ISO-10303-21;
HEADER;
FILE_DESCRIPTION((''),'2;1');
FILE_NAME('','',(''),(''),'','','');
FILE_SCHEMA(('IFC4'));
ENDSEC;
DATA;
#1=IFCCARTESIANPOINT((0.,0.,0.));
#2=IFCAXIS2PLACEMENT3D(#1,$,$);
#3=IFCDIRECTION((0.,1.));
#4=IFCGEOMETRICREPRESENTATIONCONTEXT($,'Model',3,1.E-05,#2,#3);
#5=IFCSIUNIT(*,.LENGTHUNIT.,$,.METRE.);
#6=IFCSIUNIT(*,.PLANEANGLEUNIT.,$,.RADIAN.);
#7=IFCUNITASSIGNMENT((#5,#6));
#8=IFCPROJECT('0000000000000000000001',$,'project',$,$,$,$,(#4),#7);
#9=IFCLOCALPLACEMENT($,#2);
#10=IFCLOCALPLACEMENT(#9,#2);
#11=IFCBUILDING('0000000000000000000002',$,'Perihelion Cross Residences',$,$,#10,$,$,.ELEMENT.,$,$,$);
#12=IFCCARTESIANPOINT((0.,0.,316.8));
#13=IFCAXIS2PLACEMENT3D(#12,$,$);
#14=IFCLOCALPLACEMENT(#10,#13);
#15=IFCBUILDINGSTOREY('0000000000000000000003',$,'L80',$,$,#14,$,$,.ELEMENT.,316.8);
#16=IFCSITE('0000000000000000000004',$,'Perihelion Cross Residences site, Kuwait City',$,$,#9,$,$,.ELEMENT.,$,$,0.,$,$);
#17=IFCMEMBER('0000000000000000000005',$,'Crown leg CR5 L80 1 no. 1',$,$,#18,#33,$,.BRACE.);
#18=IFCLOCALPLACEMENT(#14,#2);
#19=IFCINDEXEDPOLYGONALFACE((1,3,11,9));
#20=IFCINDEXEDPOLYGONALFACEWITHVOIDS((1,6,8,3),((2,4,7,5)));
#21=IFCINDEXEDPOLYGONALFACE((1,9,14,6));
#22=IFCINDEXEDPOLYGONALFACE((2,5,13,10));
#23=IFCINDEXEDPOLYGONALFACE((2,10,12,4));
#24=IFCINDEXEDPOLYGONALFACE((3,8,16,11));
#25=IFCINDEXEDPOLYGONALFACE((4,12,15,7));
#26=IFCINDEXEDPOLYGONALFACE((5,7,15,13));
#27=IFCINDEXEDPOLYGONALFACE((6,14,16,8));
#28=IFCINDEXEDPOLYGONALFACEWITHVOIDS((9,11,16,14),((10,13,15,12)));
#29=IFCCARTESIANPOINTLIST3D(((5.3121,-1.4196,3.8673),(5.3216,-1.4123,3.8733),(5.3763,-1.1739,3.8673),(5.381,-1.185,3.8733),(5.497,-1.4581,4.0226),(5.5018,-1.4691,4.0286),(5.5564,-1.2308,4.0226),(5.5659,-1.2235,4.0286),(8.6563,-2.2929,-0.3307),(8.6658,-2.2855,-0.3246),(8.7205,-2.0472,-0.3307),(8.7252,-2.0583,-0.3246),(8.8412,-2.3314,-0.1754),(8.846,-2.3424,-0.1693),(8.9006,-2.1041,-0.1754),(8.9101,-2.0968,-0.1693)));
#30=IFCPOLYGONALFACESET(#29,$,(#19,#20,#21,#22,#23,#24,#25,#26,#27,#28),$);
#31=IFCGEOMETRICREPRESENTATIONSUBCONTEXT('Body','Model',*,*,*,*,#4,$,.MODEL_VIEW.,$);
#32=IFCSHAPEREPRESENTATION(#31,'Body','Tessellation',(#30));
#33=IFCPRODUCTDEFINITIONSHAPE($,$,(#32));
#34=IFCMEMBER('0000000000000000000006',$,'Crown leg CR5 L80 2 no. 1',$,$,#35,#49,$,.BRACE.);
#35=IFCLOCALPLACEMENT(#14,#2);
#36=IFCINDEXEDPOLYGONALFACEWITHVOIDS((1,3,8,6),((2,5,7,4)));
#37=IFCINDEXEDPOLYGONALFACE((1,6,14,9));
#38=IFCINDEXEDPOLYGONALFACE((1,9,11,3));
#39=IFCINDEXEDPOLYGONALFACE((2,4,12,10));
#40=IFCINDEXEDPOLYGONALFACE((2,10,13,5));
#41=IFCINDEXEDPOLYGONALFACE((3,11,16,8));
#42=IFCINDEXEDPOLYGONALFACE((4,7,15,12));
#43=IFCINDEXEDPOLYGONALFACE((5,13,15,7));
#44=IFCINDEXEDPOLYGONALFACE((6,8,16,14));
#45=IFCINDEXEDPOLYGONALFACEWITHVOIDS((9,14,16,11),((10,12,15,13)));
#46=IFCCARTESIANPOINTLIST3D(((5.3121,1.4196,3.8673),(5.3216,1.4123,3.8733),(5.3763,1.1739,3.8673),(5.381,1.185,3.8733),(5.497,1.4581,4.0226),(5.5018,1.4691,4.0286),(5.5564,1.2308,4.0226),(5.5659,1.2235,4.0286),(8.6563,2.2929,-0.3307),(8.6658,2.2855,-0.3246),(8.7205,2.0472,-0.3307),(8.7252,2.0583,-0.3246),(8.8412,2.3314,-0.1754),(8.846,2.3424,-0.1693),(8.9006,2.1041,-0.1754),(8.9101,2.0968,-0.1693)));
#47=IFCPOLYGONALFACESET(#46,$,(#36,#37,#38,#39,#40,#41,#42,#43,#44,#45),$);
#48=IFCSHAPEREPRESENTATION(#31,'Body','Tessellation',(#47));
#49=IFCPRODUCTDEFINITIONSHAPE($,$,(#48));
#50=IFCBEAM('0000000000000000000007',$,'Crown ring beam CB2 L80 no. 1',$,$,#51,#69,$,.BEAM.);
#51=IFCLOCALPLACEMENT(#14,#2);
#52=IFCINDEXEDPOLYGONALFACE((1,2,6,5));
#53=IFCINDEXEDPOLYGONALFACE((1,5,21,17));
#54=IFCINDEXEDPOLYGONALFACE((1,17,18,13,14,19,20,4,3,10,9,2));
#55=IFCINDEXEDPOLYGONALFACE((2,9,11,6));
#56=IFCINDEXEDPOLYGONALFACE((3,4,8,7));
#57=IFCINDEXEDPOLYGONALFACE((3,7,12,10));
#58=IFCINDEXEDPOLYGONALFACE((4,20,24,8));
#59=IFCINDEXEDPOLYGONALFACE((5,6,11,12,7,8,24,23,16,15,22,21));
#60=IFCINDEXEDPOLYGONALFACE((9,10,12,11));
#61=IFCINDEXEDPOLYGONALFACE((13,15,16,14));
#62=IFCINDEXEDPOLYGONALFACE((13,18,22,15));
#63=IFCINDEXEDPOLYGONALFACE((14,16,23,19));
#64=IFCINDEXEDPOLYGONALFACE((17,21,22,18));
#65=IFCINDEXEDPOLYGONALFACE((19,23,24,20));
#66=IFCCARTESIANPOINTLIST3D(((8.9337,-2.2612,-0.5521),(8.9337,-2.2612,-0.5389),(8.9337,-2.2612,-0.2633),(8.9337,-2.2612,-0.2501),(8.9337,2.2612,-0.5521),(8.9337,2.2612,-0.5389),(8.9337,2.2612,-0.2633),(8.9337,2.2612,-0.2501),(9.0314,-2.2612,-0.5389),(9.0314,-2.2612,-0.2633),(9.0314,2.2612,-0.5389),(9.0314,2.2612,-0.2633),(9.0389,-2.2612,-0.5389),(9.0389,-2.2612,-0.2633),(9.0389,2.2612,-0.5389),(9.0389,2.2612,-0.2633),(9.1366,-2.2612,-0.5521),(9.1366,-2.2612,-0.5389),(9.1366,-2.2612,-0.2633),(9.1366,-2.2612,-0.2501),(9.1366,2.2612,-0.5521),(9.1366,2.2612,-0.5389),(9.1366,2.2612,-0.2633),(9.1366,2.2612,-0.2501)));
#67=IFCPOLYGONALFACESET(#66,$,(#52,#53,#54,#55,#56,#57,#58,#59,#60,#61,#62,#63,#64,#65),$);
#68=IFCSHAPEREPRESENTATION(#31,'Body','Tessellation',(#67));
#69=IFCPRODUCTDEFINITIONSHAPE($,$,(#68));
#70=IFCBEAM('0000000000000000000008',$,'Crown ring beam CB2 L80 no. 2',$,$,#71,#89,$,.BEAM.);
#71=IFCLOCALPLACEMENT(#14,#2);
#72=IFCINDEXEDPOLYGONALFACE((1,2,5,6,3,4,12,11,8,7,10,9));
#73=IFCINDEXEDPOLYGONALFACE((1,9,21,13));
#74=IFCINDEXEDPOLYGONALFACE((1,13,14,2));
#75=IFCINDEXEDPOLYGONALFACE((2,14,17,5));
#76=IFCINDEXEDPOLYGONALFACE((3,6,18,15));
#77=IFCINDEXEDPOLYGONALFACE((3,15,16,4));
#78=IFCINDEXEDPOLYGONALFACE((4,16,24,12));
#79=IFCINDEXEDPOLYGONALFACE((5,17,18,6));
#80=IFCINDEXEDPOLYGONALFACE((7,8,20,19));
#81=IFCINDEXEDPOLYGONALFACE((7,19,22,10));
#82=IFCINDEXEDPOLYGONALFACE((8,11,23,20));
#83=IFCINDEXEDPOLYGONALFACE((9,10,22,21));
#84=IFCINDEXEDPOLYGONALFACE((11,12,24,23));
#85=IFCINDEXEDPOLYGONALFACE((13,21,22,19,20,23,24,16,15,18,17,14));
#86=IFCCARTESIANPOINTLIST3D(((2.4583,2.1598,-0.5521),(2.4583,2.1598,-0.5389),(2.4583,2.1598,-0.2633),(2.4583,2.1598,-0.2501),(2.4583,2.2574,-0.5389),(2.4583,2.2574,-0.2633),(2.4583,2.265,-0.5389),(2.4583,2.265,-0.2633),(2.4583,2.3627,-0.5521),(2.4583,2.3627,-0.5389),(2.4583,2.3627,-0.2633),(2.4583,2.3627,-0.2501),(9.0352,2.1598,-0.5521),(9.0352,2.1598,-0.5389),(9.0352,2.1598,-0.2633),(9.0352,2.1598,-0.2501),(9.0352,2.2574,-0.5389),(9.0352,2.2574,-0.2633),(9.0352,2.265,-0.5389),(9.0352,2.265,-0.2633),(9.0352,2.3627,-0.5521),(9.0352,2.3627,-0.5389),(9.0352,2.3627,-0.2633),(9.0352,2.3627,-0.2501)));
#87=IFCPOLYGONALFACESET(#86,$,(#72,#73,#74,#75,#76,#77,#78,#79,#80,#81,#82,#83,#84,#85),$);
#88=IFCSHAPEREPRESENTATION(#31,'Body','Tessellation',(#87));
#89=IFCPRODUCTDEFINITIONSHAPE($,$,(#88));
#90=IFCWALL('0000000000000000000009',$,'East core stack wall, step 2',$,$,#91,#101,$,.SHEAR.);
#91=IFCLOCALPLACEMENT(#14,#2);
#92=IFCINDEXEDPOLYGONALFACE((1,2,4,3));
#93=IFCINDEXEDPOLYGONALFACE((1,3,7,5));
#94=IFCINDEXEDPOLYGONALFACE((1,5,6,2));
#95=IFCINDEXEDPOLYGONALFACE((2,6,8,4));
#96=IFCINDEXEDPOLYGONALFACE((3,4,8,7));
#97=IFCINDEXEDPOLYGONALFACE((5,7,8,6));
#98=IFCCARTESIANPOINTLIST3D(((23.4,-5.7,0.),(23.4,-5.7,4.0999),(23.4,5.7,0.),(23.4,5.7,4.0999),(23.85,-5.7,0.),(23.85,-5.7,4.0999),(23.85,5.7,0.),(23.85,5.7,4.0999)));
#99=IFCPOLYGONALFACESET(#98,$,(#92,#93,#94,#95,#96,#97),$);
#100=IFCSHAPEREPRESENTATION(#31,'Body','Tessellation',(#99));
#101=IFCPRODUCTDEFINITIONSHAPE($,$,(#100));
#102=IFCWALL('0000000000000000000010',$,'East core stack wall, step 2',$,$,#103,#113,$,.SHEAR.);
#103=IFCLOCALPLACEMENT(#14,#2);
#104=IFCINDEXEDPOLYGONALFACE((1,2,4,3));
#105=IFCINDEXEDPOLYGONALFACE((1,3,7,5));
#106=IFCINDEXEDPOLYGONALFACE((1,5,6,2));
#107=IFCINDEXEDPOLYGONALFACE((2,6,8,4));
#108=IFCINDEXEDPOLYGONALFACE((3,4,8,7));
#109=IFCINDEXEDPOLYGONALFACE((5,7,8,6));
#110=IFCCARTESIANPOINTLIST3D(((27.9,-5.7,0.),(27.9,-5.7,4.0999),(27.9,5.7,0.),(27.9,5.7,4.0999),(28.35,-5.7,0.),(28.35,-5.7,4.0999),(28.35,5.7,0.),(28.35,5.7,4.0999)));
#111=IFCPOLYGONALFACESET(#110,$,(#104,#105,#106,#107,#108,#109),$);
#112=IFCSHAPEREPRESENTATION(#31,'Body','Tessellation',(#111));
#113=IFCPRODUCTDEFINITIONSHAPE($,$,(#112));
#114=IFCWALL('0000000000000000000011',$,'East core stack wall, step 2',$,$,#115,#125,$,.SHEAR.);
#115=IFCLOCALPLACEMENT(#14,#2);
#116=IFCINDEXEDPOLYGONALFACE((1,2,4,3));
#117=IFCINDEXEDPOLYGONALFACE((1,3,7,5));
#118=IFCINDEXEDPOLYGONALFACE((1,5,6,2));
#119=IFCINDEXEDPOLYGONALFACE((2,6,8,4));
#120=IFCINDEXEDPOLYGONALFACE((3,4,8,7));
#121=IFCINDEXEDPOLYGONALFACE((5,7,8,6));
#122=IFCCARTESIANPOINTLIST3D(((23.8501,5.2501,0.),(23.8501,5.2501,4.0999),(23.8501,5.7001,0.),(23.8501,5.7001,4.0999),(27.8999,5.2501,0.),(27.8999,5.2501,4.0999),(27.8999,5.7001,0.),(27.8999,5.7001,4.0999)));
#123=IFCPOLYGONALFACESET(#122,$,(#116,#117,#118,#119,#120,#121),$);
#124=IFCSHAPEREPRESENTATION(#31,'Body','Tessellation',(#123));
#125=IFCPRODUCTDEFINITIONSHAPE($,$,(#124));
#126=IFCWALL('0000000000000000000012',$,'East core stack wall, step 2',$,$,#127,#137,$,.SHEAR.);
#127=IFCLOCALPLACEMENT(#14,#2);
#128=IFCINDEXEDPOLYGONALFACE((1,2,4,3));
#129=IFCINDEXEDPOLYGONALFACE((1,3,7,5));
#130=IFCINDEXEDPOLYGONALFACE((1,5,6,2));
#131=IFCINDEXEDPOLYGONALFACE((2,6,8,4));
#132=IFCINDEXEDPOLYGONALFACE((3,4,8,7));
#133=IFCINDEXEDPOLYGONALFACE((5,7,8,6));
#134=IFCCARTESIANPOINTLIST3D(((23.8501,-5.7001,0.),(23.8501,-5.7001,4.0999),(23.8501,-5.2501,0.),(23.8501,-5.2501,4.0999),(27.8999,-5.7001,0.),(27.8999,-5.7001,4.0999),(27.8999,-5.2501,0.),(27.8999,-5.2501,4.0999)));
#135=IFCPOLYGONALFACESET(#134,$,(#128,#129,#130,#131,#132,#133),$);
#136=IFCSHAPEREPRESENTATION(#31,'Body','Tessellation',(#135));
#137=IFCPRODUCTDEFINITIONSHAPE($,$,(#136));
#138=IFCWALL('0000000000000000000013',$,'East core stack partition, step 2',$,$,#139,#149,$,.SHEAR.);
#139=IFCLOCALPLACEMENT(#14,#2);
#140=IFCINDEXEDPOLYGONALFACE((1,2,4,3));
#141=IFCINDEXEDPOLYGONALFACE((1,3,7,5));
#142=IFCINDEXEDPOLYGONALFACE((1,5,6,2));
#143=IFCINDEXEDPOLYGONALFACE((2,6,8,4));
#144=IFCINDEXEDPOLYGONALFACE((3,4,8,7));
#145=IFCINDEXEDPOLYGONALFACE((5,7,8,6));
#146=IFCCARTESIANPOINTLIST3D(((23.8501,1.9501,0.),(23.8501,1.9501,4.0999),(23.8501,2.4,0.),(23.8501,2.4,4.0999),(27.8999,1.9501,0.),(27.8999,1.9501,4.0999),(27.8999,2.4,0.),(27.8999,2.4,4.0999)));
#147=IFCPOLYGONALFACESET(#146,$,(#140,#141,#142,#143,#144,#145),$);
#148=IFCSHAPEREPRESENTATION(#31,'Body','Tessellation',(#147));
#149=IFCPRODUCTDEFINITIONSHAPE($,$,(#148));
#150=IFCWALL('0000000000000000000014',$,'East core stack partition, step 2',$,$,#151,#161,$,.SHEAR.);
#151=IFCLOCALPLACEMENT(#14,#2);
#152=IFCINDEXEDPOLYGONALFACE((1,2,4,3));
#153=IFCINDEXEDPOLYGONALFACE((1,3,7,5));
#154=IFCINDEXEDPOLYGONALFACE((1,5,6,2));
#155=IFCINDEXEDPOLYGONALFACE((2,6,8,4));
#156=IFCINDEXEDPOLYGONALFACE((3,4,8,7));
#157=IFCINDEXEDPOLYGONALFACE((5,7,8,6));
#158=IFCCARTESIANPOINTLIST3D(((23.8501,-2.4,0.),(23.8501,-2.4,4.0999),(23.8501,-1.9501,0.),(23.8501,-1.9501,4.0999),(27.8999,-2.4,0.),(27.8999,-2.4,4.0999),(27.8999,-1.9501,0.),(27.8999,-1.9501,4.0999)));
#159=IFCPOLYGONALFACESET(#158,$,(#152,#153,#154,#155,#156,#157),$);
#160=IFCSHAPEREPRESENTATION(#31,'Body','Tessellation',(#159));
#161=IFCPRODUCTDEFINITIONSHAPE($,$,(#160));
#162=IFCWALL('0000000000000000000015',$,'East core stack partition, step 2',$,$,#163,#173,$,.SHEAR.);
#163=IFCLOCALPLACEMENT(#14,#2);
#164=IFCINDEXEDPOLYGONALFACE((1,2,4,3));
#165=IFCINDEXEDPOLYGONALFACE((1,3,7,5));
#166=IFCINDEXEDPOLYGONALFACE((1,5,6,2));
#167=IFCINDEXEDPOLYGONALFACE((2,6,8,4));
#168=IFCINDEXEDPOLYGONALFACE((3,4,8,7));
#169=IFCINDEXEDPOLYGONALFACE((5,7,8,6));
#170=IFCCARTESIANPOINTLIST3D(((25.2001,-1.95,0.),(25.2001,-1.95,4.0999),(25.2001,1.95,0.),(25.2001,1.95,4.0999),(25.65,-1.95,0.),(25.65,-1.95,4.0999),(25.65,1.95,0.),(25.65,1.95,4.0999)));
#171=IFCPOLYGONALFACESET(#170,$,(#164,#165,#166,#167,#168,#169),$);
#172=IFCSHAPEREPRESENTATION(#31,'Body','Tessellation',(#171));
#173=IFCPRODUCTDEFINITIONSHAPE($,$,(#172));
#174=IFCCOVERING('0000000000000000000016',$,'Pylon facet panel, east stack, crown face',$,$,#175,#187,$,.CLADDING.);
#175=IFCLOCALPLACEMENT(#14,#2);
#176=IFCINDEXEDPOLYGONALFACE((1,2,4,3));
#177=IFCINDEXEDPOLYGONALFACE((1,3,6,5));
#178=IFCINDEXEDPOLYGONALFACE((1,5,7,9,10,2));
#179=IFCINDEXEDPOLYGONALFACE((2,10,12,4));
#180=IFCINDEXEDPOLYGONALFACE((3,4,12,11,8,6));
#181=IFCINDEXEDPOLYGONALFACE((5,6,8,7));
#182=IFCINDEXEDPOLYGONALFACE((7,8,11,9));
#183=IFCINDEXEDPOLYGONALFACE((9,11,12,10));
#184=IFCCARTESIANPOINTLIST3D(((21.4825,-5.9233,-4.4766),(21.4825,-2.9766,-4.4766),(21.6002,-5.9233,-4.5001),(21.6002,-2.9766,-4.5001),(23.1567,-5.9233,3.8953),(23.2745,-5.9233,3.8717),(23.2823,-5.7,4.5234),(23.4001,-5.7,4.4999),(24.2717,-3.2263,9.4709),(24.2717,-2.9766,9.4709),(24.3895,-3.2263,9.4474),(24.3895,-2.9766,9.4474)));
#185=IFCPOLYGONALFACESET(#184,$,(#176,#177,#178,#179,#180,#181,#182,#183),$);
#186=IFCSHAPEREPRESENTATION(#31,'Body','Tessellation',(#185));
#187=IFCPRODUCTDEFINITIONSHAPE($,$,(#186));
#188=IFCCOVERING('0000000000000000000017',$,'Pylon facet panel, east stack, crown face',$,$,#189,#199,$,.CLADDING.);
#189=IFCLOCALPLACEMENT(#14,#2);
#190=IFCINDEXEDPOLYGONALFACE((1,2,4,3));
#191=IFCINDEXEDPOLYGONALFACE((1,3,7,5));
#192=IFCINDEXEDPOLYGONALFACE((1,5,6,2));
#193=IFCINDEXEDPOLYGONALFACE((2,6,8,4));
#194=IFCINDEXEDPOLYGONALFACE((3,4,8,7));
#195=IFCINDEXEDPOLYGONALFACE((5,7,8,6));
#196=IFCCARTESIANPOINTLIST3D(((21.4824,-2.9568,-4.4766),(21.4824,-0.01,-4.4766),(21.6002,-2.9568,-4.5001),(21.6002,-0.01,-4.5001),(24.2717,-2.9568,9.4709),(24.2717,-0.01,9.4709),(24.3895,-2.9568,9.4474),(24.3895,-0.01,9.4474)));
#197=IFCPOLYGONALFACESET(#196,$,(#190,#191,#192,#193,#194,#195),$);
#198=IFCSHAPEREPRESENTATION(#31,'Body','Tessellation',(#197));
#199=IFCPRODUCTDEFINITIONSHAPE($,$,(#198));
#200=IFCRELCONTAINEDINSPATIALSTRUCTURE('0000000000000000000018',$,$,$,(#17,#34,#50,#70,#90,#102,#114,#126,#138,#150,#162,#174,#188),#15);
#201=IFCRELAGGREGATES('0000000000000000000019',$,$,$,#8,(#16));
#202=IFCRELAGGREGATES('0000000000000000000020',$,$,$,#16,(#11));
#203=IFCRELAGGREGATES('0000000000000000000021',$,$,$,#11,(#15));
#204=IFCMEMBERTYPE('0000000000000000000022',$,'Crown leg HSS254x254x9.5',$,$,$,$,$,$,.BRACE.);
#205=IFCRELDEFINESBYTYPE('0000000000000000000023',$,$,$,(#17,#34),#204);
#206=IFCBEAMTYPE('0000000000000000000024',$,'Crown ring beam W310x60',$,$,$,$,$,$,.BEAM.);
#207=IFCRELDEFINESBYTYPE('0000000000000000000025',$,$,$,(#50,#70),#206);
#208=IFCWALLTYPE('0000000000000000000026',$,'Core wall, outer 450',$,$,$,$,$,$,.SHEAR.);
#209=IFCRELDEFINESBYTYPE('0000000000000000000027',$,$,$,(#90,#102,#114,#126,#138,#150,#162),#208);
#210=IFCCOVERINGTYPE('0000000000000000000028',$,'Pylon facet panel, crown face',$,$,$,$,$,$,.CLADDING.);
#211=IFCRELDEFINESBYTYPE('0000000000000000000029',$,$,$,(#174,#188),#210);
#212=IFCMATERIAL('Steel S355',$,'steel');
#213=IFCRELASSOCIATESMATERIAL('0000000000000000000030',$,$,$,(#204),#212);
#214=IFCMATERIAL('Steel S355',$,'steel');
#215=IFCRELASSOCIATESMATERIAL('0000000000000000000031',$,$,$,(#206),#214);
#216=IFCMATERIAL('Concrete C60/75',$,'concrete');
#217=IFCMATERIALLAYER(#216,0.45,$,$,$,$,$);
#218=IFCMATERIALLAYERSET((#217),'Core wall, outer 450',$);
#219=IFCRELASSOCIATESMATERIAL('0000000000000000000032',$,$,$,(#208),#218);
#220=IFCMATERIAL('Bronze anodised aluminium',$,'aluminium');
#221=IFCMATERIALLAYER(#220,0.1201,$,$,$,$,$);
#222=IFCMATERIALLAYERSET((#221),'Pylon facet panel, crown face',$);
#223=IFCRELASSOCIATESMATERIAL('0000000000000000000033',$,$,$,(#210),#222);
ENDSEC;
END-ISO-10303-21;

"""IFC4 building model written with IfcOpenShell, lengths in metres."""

from ifc_helpers import new_model, si_unit, direction, frame, frame_2d, origin, origin_2d, place, context, subcontext, project, spatial, polyline, rectangle, hollow_rectangle, i_section, outline, extrude, material, layer, layer_set, material_profile, profile_set, type_object, element, save


model = new_model("IFC4")

# Units and contexts
model_context = context("Model", 3, precision=1e-05, world=origin(), true_north=direction((0.0, 1.0)))
body_context = subcontext(model_context, "Body", "Model", "MODEL_VIEW")
ifc_project = project(units=[si_unit("LENGTHUNIT", "METRE"), si_unit("PLANEANGLEUNIT", "RADIAN")], contexts=[model_context])

# Site, building, storey
site_placement = place(None, origin())
site = spatial("IfcSite", under=ifc_project, at=site_placement, Name="Perihelion Cross Residences site, Kuwait City", CompositionType="ELEMENT", RefElevation=0.0)
building_placement = place(site_placement, origin())
building = spatial("IfcBuilding", under=site, at=building_placement, Name="Perihelion Cross Residences", CompositionType="ELEMENT")
storey_placement = place(building_placement, frame((0.0, 0.0, 316.8)))
storey = spatial("IfcBuildingStorey", under=building, at=storey_placement, Name="L80", CompositionType="ELEMENT", Elevation=316.8)

# Members
ifc_material_1 = material(Name="Steel S355", Category="steel")
ifc_material_profile_1 = material_profile(ifc_material_1, hollow_rectangle(XDim=0.2539, YDim=0.2539, WallThickness=0.0095, at=origin_2d()), Name="HSS254x254x9.5")
ifc_profile_set_1 = profile_set([ifc_material_profile_1], Name="Steel S355")
member_type = type_object("IfcMemberType", Name="Crown leg HSS254x254x9.5", PredefinedType="BRACE", material=ifc_profile_set_1)
for number, where, z_axis, x_axis, name in (
    (1, (8.7832, -2.1948, -0.25), (-0.614998, 0.160596, 0.772002), (-0.252661, -0.967555, 0.0), "Crown leg CR5 L80 1 no. 1"),
    (2, (8.7832, 2.1948, -0.25), (-0.614998, -0.160596, 0.772002), (0.252661, -0.967555, 0.0), "Crown leg CR5 L80 2 no. 1"),
):
    element("IfcMember", number, at=place(storey_placement, frame(where, z_axis=z_axis, x_axis=x_axis)), inside=storey, type_object=member_type, Name=name, PredefinedType="BRACE", context=body_context, shape_type="SweptSolid", body=[
        extrude(hollow_rectangle(XDim=0.2539, YDim=0.2539, WallThickness=0.0095, at=origin_2d()), origin(), (0.0, 0.0, 1.0), 5.4377),
    ])

# Beams
ifc_material_2 = material(Name="Steel S355", Category="steel")
ifc_material_profile_2 = material_profile(ifc_material_2, i_section(OverallWidth=0.2029, OverallDepth=0.302, WebThickness=0.0076, FlangeThickness=0.0132, at=origin_2d()), Name="W310x60")
ifc_profile_set_2 = profile_set([ifc_material_profile_2], Name="Steel S355")
beam_type = type_object("IfcBeamType", Name="Crown ring beam W310x60", PredefinedType="BEAM", material=ifc_profile_set_2)
beam_1_placement = place(storey_placement, frame((9.0352, -2.2612, -0.4011), z_axis=(0.0, 1.0, 0.0), x_axis=(-1.0, 0.0, 0.0)))
element("IfcBeam", 3, at=beam_1_placement, inside=storey, type_object=beam_type, Name="Crown ring beam CB2 L80 no. 1", PredefinedType="BEAM", context=body_context, shape_type="SweptSolid", body=[
    extrude(i_section(OverallWidth=0.2029, OverallDepth=0.302, WebThickness=0.0076, FlangeThickness=0.0132, at=origin_2d()), origin(), (0.0, 0.0, 1.0), 4.5225),
])
beam_2_placement = place(storey_placement, frame((9.0352, 2.2612, -0.4011), z_axis=(-1.0, 0.0, 0.0), x_axis=(0.0, -1.0, 0.0)))
element("IfcBeam", 4, at=beam_2_placement, inside=storey, type_object=beam_type, Name="Crown ring beam CB2 L80 no. 2", PredefinedType="BEAM", context=body_context, shape_type="SweptSolid", body=[
    extrude(i_section(OverallWidth=0.2029, OverallDepth=0.302, WebThickness=0.0076, FlangeThickness=0.0132, at=origin_2d()), origin(), (0.0, 0.0, 1.0), 6.5769),
])

# Walls
ifc_material_3 = material(Name="Concrete C60/75", Category="concrete")
ifc_layer_1 = layer(ifc_material_3, 0.45)
ifc_layer_set_1 = layer_set([ifc_layer_1], Name="Core wall, outer 450")
wall_type = type_object("IfcWallType", Name="Core wall, outer 450", PredefinedType="SHEAR", material=ifc_layer_set_1)
for number, where, z_axis, x_axis, name in (
    (5, (23.625, -5.7, 0.0), (0.0, 0.0, 1.0), (0.0, 1.0, 0.0), "East core stack wall, step 2"),
    (6, (28.125, -5.7, 0.0), (0.0, 0.0, 1.0), (0.0, 1.0, 0.0), "East core stack wall, step 2"),
):
    element("IfcWall", number, at=place(storey_placement, frame(where, z_axis=z_axis, x_axis=x_axis)), inside=storey, type_object=wall_type, Name=name, PredefinedType="SHEAR", context=body_context, shape_type="SweptSolid", body=[
        extrude(rectangle(XDim=11.3999, YDim=0.45, at=frame_2d((5.7, 0.0))), origin(), (0.0, 0.0, 1.0), 4.0999),
    ])
for number, where, z_axis, x_axis, name in (
    (7, (23.8501, 5.4751, 0.0), (0.0, 0.0, 1.0), (1.0, 0.0, 0.0), "East core stack wall, step 2"),
    (8, (23.8501, -5.4751, 0.0), (0.0, 0.0, 1.0), (1.0, 0.0, 0.0), "East core stack wall, step 2"),
    (9, (23.8501, 2.175, 0.0), (0.0, 0.0, 1.0), (1.0, 0.0, 0.0), "East core stack partition, step 2"),
    (10, (23.8501, -2.175, 0.0), (0.0, 0.0, 1.0), (1.0, 0.0, 0.0), "East core stack partition, step 2"),
):
    element("IfcWall", number, at=place(storey_placement, frame(where, z_axis=z_axis, x_axis=x_axis)), inside=storey, type_object=wall_type, Name=name, PredefinedType="SHEAR", context=body_context, shape_type="SweptSolid", body=[
        extrude(rectangle(XDim=4.0498, YDim=0.45, at=frame_2d((2.0249, 0.0))), origin(), (0.0, 0.0, 1.0), 4.0999),
    ])
wall_placement = place(storey_placement, frame((25.425, -1.95, 0.0), z_axis=(0.0, 0.0, 1.0), x_axis=(0.0, 1.0, 0.0)))
element("IfcWall", 11, at=wall_placement, inside=storey, type_object=wall_type, Name="East core stack partition, step 2", PredefinedType="SHEAR", context=body_context, shape_type="SweptSolid", body=[
    extrude(rectangle(XDim=3.8999, YDim=0.45, at=frame_2d((1.95, 0.0))), origin(), (0.0, 0.0, 1.0), 4.0999),
])

# Coverings
ifc_material_4 = material(Name="Bronze anodised aluminium", Category="aluminium")
ifc_layer_2 = layer(ifc_material_4, 0.1201)
ifc_layer_set_2 = layer_set([ifc_layer_2], Name="Pylon facet panel, crown face")
covering_type_1 = type_object("IfcCoveringType", Name="Pylon facet panel, crown face", PredefinedType="CLADDING", material=ifc_layer_set_2)
covering_1_placement = place(storey_placement, frame((24.2717, -3.2263, 9.4709), z_axis=(-0.980584, -0.000003, 0.196101), x_axis=(-0.000003, 1.0, 0.000001)))
element("IfcCovering", 12, at=covering_1_placement, inside=storey, type_object=covering_type_1, Name="Pylon facet panel, east stack, crown face", PredefinedType="CLADDING", context=body_context, shape_type="SweptSolid", body=[
    extrude(outline(polyline([(0.0, 0.0), (0.2498, 0.0), (0.2498, 14.2237), (-2.697, 14.2237), (-2.697, 5.6861), (-2.4736, 5.0455), (0.0, 0.0)])), origin(), (0.0, 0.0, -1.0), 0.1201),
])
for number, where, z_axis, x_axis, name in (
    (13, (24.2717, -0.01, 9.4709), (-0.980583, 0.0, 0.196103), (-0.196103, 0.0, -0.980583), "Pylon facet panel, east stack, crown face"),
):
    element("IfcCovering", number, at=place(storey_placement, frame(where, z_axis=z_axis, x_axis=x_axis)), inside=storey, type_object=covering_type_1, Name=name, PredefinedType="CLADDING", context=body_context, shape_type="SweptSolid", body=[
        extrude(outline(polyline([(0.0, 0.0), (14.2237, 0.0), (14.2237, 2.9468), (0.0, 2.9468), (0.0, 0.0)])), origin(), (0.0, 0.0, -1.0), 0.1201),
    ])

save(model, "model.ifc")
